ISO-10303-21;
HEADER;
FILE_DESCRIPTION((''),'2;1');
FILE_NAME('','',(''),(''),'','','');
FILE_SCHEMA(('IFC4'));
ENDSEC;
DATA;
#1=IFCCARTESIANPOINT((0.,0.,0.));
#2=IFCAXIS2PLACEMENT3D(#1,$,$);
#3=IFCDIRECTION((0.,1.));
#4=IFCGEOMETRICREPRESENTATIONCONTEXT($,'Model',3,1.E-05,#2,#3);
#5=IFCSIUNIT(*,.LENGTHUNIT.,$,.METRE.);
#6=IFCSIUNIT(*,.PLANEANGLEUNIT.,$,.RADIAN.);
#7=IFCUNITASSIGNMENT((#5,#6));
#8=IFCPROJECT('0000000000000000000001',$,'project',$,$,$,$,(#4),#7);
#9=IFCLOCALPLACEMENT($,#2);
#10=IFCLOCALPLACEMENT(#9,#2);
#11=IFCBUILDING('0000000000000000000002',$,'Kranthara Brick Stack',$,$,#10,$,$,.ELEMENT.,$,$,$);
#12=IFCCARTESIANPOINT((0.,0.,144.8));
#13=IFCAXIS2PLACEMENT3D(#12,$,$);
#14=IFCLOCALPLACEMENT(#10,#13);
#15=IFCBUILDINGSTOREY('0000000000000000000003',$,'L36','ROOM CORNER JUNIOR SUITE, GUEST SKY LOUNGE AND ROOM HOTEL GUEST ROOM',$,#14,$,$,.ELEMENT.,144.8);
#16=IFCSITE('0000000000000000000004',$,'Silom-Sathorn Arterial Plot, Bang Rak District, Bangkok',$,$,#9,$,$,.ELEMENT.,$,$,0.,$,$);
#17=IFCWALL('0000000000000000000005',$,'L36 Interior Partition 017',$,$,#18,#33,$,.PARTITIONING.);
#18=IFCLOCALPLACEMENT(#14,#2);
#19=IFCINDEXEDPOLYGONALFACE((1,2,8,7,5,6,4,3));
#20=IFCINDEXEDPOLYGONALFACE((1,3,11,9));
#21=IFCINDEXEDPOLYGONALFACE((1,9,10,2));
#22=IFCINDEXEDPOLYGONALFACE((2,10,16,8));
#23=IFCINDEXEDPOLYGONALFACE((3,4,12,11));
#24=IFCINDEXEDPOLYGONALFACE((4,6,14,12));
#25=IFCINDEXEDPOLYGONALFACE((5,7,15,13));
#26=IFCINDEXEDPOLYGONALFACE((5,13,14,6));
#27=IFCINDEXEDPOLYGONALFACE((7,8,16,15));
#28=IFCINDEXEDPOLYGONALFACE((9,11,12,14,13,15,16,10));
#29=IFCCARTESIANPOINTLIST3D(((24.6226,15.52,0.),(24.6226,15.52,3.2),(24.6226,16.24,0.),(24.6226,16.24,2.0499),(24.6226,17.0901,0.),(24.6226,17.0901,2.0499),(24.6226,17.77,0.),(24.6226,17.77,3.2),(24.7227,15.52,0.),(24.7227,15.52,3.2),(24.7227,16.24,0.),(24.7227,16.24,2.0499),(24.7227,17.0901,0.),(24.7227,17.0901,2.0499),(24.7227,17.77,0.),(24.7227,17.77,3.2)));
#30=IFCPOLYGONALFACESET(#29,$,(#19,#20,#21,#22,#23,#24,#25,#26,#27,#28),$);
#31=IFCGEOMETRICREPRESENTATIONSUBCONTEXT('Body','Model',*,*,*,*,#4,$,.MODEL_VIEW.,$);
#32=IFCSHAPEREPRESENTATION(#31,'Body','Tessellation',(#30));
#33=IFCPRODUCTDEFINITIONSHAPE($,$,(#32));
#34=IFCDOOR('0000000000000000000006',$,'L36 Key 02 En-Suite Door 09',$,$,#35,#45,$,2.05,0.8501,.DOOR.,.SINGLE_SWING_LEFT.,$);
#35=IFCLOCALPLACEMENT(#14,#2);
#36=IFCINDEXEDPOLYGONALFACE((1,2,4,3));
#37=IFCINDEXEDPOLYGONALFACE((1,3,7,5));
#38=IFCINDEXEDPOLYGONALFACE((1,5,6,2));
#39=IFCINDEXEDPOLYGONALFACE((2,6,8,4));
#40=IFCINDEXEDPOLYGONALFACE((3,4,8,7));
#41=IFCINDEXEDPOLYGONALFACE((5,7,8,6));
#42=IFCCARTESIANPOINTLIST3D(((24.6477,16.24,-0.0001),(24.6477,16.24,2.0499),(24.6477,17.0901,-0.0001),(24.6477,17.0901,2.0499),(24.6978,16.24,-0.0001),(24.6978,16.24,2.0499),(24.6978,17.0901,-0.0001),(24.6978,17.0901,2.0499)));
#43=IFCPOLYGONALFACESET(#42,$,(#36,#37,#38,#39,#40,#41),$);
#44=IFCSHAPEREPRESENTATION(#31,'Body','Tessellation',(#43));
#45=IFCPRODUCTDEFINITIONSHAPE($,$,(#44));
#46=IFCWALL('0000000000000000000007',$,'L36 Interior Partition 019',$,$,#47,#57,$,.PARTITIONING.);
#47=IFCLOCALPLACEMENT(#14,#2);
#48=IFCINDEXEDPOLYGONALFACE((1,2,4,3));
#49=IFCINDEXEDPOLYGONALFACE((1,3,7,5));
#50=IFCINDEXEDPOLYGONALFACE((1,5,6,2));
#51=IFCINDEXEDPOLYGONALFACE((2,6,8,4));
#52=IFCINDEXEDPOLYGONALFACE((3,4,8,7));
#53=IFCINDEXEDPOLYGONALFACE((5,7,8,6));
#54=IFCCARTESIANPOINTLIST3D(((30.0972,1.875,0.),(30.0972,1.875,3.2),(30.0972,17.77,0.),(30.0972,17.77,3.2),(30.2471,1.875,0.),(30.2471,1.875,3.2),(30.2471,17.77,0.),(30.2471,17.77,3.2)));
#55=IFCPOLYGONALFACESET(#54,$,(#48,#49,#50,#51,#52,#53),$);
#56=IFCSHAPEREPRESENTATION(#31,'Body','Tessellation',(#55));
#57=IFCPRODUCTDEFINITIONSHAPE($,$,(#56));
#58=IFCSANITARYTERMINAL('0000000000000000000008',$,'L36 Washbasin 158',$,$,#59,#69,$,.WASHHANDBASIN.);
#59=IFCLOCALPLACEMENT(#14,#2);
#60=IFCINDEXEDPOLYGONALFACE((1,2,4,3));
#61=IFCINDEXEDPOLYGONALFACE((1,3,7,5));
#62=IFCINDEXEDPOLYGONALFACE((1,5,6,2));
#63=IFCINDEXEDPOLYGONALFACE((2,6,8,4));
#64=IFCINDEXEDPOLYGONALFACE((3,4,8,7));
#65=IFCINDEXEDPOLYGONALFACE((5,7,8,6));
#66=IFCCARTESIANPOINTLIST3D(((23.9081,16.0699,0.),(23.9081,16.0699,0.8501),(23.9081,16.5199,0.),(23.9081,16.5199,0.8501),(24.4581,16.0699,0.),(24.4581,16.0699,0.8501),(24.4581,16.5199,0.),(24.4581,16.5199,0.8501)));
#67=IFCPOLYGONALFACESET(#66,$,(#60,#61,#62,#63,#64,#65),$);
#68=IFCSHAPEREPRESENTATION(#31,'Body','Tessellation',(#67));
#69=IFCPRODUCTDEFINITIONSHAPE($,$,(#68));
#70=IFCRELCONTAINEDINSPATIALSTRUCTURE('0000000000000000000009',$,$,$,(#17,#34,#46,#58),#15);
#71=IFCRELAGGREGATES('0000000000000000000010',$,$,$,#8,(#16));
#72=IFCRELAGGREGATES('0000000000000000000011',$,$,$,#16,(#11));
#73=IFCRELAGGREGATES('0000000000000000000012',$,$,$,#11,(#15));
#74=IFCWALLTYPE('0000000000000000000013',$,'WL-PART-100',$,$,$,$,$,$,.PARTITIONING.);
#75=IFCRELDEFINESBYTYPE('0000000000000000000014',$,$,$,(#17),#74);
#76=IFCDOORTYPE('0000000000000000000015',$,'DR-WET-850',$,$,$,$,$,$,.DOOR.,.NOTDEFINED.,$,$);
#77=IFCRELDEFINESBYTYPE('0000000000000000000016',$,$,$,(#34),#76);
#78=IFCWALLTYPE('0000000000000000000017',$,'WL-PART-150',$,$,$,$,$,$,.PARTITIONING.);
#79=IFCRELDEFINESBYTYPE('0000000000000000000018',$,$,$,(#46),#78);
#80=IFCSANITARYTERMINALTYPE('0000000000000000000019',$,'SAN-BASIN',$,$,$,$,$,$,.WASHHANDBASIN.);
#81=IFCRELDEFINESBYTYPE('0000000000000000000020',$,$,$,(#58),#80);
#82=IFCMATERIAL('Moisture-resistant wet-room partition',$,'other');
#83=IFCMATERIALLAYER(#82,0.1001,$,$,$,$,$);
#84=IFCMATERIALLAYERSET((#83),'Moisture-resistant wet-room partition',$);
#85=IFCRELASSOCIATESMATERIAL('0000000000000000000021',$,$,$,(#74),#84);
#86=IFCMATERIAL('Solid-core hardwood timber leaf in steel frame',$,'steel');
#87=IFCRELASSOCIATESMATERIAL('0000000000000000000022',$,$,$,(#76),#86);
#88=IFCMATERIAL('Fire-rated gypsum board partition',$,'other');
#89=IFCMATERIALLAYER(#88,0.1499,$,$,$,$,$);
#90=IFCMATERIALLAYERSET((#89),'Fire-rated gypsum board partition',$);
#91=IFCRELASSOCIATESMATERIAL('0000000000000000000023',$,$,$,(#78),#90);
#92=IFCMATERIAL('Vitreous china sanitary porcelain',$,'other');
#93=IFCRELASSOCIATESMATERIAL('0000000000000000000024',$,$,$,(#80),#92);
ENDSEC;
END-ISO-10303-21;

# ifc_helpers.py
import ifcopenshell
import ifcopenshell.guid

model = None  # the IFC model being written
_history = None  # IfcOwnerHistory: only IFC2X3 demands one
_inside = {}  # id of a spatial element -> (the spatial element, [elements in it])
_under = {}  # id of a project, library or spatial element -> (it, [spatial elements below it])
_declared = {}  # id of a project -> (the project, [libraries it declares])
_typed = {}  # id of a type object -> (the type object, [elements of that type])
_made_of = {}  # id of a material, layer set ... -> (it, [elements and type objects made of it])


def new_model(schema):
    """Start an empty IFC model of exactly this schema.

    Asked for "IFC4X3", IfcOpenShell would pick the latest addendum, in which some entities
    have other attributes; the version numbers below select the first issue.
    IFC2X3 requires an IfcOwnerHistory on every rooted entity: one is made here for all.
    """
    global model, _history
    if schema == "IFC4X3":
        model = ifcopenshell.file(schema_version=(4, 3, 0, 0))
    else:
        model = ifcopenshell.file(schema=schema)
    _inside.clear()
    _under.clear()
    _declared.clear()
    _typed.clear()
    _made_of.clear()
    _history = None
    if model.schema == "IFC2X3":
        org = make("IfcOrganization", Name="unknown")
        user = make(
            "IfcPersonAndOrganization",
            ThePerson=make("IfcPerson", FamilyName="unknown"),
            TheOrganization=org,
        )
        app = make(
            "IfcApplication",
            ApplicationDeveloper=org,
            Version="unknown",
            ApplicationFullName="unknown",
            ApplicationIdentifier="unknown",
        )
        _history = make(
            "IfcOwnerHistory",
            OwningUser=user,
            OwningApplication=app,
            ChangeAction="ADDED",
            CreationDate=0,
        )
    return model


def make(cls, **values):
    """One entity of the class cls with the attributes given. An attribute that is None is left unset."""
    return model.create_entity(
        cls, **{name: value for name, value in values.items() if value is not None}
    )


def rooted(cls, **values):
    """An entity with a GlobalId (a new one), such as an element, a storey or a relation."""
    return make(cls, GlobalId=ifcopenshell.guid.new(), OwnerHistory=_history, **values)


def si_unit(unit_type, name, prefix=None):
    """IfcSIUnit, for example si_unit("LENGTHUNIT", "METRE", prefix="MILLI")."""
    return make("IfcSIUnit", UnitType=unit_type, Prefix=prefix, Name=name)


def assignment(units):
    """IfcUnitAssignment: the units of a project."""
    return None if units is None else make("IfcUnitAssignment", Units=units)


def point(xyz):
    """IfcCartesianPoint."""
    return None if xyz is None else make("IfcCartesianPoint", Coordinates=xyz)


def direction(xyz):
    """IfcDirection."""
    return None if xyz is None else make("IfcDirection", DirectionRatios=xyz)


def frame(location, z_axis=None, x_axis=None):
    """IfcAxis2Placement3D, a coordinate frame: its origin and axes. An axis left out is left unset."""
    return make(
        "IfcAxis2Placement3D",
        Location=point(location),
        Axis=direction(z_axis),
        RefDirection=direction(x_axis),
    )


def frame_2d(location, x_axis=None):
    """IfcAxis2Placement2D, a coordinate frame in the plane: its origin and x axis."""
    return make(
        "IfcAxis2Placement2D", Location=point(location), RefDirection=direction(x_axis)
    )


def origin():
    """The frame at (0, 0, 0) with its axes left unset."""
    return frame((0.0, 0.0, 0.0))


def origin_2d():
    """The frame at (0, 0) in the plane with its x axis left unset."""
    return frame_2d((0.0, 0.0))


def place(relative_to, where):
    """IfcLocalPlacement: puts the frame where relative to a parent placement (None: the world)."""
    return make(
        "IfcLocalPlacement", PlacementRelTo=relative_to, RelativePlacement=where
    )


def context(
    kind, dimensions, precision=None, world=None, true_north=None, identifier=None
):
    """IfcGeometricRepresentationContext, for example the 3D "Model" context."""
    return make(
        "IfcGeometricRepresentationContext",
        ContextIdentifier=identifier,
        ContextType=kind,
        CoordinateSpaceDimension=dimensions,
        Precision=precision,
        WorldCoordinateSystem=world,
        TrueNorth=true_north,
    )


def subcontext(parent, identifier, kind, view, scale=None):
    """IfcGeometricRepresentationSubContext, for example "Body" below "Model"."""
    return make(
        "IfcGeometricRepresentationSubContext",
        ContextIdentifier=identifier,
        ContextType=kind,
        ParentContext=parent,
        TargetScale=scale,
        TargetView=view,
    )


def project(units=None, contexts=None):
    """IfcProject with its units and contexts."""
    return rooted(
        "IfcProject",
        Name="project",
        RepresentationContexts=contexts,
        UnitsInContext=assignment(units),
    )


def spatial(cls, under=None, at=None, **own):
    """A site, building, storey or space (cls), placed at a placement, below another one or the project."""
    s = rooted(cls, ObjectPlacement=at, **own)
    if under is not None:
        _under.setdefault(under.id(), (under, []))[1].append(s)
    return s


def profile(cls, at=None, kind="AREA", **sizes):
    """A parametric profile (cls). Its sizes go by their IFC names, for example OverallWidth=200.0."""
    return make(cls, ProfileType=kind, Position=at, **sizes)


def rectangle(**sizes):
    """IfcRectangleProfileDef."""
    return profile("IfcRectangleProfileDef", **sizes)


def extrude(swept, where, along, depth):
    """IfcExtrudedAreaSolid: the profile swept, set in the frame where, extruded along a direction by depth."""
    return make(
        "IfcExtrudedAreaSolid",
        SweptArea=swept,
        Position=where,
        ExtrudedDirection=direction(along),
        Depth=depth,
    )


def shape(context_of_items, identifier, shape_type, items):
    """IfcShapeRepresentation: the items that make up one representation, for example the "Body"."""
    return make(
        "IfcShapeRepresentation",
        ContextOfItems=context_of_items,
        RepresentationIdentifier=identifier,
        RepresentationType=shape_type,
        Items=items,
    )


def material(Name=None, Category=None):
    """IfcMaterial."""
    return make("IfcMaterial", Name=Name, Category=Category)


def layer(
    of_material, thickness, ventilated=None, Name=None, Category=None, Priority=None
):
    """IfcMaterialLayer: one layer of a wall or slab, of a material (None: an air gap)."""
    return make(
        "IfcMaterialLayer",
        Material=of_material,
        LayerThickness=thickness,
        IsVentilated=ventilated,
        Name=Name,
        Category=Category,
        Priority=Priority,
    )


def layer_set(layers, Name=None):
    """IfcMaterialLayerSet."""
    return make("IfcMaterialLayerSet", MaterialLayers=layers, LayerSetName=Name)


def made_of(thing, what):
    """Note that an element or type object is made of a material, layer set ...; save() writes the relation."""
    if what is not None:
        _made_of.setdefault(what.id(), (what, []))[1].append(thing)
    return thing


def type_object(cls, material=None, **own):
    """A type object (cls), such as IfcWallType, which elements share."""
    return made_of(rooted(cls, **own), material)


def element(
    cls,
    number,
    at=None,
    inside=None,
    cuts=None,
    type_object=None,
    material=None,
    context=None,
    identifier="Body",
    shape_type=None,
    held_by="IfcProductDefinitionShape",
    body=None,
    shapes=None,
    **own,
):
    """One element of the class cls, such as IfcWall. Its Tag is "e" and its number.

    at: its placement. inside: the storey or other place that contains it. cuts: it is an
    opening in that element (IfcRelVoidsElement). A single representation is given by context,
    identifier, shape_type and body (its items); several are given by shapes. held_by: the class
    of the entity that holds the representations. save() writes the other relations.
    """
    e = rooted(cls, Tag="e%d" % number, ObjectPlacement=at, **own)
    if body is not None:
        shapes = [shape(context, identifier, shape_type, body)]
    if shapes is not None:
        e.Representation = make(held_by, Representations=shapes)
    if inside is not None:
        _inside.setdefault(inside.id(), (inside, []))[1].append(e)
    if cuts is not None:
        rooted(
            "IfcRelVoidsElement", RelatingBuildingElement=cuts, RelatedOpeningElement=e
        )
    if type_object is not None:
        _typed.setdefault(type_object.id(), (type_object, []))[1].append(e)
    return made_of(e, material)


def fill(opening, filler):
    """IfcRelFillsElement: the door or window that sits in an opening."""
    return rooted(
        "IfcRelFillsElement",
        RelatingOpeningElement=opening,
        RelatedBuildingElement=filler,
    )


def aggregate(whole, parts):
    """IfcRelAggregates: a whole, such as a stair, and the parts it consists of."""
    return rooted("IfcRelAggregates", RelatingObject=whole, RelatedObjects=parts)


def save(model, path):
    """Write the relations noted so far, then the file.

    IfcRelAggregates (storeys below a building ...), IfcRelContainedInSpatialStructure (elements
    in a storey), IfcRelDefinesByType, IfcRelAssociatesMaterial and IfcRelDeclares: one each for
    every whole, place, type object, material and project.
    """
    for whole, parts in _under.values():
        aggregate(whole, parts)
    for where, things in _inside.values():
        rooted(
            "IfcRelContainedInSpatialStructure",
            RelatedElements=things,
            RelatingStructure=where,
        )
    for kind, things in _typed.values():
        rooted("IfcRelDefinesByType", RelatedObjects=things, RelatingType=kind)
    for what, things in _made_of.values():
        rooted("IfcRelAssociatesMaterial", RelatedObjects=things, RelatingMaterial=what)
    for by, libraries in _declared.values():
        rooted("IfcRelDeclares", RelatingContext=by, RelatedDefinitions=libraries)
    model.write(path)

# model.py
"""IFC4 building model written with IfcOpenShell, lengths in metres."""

from ifc_helpers import new_model, si_unit, direction, frame, frame_2d, origin, origin_2d, place, context, subcontext, project, spatial, rectangle, extrude, material, layer, layer_set, type_object, element, fill, save


model = new_model("IFC4")

# Units and contexts
model_context = context("Model", 3, precision=1e-05, world=origin(), true_north=direction((0.0, 1.0)))
body_context = subcontext(model_context, "Body", "Model", "MODEL_VIEW")
ifc_project = project(units=[si_unit("LENGTHUNIT", "METRE"), si_unit("PLANEANGLEUNIT", "RADIAN")], contexts=[model_context])

# Site, building, storey
site_placement = place(None, origin())
site = spatial("IfcSite", under=ifc_project, at=site_placement, Name="Silom-Sathorn Arterial Plot, Bang Rak District, Bangkok", CompositionType="ELEMENT", RefElevation=0.0)
building_placement = place(site_placement, origin())
building = spatial("IfcBuilding", under=site, at=building_placement, Name="Kranthara Brick Stack", CompositionType="ELEMENT")
storey_placement = place(building_placement, frame((0.0, 0.0, 144.8)))
storey = spatial("IfcBuildingStorey", under=building, at=storey_placement, Name="L36", Description="ROOM CORNER JUNIOR SUITE, GUEST SKY LOUNGE AND ROOM HOTEL GUEST ROOM", CompositionType="ELEMENT", Elevation=144.8)

# Wall, opening, door
ifc_material_1 = material(Name="Moisture-resistant wet-room partition", Category="other")
ifc_layer_1 = layer(ifc_material_1, 0.1001)
ifc_layer_set_1 = layer_set([ifc_layer_1], Name="Moisture-resistant wet-room partition")
wall_type_1 = type_object("IfcWallType", Name="WL-PART-100", PredefinedType="PARTITIONING", material=ifc_layer_set_1)
wall_1_placement = place(storey_placement, frame((24.6726, 15.52, 0.0), z_axis=(0.0, 0.0, 1.0), x_axis=(0.0, 1.0, 0.0)))
wall_1 = element("IfcWall", 1, at=wall_1_placement, inside=storey, type_object=wall_type_1, Name="L36 Interior Partition 017", PredefinedType="PARTITIONING", context=body_context, shape_type="SweptSolid", body=[
    extrude(rectangle(XDim=2.25, YDim=0.1001, at=frame_2d((1.125, 0.0))), origin(), (0.0, 0.0, 1.0), 3.2),
])
opening_placement = place(wall_1_placement, frame((0.72, 0.0, 0.0)))
opening = element("IfcOpeningElement", 2, at=opening_placement, cuts=wall_1, PredefinedType="OPENING", context=body_context, shape_type="SweptSolid", body=[
    extrude(rectangle(XDim=0.8501, YDim=2.05, at=frame_2d((0.425, 1.0249))), frame((0.0, 0.0601, 0.0), z_axis=(0.0, -1.0, 0.0), x_axis=(1.0, 0.0, 0.0)), (0.0, 0.0, 1.0), 0.1201),
])
ifc_material_2 = material(Name="Solid-core hardwood timber leaf in steel frame", Category="steel")
door_type = type_object("IfcDoorType", Name="DR-WET-850", OperationType="NOTDEFINED", PredefinedType="DOOR", material=ifc_material_2)
door_placement = place(opening_placement, origin())
door = element("IfcDoor", 3, at=door_placement, inside=storey, type_object=door_type, Name="L36 Key 02 En-Suite Door 09", OperationType="SINGLE_SWING_LEFT", OverallHeight=2.05, OverallWidth=0.8501, PredefinedType="DOOR", context=body_context, shape_type="SweptSolid", body=[
    extrude(rectangle(XDim=0.8501, YDim=2.05, at=frame_2d((0.425, 1.0249))), frame((0.0, 0.0249, 0.0), z_axis=(0.0, -1.0, 0.0), x_axis=(1.0, 0.0, 0.0)), (0.0, 0.0, 1.0), 0.05),
])
fill(opening, door)

# Wall
ifc_material_3 = material(Name="Fire-rated gypsum board partition", Category="other")
ifc_layer_2 = layer(ifc_material_3, 0.1499)
ifc_layer_set_2 = layer_set([ifc_layer_2], Name="Fire-rated gypsum board partition")
wall_type_2 = type_object("IfcWallType", Name="WL-PART-150", PredefinedType="PARTITIONING", material=ifc_layer_set_2)
wall_2_placement = place(storey_placement, frame((30.1721, 1.875, 0.0), z_axis=(0.0, 0.0, 1.0), x_axis=(0.0, 1.0, 0.0)))
element("IfcWall", 4, at=wall_2_placement, inside=storey, type_object=wall_type_2, Name="L36 Interior Partition 019", PredefinedType="PARTITIONING", context=body_context, shape_type="SweptSolid", body=[
    extrude(rectangle(XDim=15.895, YDim=0.1499, at=frame_2d((7.9475, 0.0))), origin(), (0.0, 0.0, 1.0), 3.2),
])

# Sanitary terminal
ifc_material_4 = material(Name="Vitreous china sanitary porcelain", Category="other")
sanitary_terminal_type = type_object("IfcSanitaryTerminalType", Name="SAN-BASIN", PredefinedType="WASHHANDBASIN", material=ifc_material_4)
sanitary_terminal_placement = place(storey_placement, frame((24.1831, 16.2949, 0.0), z_axis=(0.0, 0.0, 1.0), x_axis=(1.0, 0.0, 0.0)))
element("IfcSanitaryTerminal", 5, at=sanitary_terminal_placement, inside=storey, type_object=sanitary_terminal_type, Name="L36 Washbasin 158", PredefinedType="WASHHANDBASIN", context=body_context, shape_type="SweptSolid", body=[
    extrude(rectangle(XDim=0.55, YDim=0.45, at=origin_2d()), origin(), (0.0, 0.0, 1.0), 0.8501),
])

save(model, "model.ifc")
